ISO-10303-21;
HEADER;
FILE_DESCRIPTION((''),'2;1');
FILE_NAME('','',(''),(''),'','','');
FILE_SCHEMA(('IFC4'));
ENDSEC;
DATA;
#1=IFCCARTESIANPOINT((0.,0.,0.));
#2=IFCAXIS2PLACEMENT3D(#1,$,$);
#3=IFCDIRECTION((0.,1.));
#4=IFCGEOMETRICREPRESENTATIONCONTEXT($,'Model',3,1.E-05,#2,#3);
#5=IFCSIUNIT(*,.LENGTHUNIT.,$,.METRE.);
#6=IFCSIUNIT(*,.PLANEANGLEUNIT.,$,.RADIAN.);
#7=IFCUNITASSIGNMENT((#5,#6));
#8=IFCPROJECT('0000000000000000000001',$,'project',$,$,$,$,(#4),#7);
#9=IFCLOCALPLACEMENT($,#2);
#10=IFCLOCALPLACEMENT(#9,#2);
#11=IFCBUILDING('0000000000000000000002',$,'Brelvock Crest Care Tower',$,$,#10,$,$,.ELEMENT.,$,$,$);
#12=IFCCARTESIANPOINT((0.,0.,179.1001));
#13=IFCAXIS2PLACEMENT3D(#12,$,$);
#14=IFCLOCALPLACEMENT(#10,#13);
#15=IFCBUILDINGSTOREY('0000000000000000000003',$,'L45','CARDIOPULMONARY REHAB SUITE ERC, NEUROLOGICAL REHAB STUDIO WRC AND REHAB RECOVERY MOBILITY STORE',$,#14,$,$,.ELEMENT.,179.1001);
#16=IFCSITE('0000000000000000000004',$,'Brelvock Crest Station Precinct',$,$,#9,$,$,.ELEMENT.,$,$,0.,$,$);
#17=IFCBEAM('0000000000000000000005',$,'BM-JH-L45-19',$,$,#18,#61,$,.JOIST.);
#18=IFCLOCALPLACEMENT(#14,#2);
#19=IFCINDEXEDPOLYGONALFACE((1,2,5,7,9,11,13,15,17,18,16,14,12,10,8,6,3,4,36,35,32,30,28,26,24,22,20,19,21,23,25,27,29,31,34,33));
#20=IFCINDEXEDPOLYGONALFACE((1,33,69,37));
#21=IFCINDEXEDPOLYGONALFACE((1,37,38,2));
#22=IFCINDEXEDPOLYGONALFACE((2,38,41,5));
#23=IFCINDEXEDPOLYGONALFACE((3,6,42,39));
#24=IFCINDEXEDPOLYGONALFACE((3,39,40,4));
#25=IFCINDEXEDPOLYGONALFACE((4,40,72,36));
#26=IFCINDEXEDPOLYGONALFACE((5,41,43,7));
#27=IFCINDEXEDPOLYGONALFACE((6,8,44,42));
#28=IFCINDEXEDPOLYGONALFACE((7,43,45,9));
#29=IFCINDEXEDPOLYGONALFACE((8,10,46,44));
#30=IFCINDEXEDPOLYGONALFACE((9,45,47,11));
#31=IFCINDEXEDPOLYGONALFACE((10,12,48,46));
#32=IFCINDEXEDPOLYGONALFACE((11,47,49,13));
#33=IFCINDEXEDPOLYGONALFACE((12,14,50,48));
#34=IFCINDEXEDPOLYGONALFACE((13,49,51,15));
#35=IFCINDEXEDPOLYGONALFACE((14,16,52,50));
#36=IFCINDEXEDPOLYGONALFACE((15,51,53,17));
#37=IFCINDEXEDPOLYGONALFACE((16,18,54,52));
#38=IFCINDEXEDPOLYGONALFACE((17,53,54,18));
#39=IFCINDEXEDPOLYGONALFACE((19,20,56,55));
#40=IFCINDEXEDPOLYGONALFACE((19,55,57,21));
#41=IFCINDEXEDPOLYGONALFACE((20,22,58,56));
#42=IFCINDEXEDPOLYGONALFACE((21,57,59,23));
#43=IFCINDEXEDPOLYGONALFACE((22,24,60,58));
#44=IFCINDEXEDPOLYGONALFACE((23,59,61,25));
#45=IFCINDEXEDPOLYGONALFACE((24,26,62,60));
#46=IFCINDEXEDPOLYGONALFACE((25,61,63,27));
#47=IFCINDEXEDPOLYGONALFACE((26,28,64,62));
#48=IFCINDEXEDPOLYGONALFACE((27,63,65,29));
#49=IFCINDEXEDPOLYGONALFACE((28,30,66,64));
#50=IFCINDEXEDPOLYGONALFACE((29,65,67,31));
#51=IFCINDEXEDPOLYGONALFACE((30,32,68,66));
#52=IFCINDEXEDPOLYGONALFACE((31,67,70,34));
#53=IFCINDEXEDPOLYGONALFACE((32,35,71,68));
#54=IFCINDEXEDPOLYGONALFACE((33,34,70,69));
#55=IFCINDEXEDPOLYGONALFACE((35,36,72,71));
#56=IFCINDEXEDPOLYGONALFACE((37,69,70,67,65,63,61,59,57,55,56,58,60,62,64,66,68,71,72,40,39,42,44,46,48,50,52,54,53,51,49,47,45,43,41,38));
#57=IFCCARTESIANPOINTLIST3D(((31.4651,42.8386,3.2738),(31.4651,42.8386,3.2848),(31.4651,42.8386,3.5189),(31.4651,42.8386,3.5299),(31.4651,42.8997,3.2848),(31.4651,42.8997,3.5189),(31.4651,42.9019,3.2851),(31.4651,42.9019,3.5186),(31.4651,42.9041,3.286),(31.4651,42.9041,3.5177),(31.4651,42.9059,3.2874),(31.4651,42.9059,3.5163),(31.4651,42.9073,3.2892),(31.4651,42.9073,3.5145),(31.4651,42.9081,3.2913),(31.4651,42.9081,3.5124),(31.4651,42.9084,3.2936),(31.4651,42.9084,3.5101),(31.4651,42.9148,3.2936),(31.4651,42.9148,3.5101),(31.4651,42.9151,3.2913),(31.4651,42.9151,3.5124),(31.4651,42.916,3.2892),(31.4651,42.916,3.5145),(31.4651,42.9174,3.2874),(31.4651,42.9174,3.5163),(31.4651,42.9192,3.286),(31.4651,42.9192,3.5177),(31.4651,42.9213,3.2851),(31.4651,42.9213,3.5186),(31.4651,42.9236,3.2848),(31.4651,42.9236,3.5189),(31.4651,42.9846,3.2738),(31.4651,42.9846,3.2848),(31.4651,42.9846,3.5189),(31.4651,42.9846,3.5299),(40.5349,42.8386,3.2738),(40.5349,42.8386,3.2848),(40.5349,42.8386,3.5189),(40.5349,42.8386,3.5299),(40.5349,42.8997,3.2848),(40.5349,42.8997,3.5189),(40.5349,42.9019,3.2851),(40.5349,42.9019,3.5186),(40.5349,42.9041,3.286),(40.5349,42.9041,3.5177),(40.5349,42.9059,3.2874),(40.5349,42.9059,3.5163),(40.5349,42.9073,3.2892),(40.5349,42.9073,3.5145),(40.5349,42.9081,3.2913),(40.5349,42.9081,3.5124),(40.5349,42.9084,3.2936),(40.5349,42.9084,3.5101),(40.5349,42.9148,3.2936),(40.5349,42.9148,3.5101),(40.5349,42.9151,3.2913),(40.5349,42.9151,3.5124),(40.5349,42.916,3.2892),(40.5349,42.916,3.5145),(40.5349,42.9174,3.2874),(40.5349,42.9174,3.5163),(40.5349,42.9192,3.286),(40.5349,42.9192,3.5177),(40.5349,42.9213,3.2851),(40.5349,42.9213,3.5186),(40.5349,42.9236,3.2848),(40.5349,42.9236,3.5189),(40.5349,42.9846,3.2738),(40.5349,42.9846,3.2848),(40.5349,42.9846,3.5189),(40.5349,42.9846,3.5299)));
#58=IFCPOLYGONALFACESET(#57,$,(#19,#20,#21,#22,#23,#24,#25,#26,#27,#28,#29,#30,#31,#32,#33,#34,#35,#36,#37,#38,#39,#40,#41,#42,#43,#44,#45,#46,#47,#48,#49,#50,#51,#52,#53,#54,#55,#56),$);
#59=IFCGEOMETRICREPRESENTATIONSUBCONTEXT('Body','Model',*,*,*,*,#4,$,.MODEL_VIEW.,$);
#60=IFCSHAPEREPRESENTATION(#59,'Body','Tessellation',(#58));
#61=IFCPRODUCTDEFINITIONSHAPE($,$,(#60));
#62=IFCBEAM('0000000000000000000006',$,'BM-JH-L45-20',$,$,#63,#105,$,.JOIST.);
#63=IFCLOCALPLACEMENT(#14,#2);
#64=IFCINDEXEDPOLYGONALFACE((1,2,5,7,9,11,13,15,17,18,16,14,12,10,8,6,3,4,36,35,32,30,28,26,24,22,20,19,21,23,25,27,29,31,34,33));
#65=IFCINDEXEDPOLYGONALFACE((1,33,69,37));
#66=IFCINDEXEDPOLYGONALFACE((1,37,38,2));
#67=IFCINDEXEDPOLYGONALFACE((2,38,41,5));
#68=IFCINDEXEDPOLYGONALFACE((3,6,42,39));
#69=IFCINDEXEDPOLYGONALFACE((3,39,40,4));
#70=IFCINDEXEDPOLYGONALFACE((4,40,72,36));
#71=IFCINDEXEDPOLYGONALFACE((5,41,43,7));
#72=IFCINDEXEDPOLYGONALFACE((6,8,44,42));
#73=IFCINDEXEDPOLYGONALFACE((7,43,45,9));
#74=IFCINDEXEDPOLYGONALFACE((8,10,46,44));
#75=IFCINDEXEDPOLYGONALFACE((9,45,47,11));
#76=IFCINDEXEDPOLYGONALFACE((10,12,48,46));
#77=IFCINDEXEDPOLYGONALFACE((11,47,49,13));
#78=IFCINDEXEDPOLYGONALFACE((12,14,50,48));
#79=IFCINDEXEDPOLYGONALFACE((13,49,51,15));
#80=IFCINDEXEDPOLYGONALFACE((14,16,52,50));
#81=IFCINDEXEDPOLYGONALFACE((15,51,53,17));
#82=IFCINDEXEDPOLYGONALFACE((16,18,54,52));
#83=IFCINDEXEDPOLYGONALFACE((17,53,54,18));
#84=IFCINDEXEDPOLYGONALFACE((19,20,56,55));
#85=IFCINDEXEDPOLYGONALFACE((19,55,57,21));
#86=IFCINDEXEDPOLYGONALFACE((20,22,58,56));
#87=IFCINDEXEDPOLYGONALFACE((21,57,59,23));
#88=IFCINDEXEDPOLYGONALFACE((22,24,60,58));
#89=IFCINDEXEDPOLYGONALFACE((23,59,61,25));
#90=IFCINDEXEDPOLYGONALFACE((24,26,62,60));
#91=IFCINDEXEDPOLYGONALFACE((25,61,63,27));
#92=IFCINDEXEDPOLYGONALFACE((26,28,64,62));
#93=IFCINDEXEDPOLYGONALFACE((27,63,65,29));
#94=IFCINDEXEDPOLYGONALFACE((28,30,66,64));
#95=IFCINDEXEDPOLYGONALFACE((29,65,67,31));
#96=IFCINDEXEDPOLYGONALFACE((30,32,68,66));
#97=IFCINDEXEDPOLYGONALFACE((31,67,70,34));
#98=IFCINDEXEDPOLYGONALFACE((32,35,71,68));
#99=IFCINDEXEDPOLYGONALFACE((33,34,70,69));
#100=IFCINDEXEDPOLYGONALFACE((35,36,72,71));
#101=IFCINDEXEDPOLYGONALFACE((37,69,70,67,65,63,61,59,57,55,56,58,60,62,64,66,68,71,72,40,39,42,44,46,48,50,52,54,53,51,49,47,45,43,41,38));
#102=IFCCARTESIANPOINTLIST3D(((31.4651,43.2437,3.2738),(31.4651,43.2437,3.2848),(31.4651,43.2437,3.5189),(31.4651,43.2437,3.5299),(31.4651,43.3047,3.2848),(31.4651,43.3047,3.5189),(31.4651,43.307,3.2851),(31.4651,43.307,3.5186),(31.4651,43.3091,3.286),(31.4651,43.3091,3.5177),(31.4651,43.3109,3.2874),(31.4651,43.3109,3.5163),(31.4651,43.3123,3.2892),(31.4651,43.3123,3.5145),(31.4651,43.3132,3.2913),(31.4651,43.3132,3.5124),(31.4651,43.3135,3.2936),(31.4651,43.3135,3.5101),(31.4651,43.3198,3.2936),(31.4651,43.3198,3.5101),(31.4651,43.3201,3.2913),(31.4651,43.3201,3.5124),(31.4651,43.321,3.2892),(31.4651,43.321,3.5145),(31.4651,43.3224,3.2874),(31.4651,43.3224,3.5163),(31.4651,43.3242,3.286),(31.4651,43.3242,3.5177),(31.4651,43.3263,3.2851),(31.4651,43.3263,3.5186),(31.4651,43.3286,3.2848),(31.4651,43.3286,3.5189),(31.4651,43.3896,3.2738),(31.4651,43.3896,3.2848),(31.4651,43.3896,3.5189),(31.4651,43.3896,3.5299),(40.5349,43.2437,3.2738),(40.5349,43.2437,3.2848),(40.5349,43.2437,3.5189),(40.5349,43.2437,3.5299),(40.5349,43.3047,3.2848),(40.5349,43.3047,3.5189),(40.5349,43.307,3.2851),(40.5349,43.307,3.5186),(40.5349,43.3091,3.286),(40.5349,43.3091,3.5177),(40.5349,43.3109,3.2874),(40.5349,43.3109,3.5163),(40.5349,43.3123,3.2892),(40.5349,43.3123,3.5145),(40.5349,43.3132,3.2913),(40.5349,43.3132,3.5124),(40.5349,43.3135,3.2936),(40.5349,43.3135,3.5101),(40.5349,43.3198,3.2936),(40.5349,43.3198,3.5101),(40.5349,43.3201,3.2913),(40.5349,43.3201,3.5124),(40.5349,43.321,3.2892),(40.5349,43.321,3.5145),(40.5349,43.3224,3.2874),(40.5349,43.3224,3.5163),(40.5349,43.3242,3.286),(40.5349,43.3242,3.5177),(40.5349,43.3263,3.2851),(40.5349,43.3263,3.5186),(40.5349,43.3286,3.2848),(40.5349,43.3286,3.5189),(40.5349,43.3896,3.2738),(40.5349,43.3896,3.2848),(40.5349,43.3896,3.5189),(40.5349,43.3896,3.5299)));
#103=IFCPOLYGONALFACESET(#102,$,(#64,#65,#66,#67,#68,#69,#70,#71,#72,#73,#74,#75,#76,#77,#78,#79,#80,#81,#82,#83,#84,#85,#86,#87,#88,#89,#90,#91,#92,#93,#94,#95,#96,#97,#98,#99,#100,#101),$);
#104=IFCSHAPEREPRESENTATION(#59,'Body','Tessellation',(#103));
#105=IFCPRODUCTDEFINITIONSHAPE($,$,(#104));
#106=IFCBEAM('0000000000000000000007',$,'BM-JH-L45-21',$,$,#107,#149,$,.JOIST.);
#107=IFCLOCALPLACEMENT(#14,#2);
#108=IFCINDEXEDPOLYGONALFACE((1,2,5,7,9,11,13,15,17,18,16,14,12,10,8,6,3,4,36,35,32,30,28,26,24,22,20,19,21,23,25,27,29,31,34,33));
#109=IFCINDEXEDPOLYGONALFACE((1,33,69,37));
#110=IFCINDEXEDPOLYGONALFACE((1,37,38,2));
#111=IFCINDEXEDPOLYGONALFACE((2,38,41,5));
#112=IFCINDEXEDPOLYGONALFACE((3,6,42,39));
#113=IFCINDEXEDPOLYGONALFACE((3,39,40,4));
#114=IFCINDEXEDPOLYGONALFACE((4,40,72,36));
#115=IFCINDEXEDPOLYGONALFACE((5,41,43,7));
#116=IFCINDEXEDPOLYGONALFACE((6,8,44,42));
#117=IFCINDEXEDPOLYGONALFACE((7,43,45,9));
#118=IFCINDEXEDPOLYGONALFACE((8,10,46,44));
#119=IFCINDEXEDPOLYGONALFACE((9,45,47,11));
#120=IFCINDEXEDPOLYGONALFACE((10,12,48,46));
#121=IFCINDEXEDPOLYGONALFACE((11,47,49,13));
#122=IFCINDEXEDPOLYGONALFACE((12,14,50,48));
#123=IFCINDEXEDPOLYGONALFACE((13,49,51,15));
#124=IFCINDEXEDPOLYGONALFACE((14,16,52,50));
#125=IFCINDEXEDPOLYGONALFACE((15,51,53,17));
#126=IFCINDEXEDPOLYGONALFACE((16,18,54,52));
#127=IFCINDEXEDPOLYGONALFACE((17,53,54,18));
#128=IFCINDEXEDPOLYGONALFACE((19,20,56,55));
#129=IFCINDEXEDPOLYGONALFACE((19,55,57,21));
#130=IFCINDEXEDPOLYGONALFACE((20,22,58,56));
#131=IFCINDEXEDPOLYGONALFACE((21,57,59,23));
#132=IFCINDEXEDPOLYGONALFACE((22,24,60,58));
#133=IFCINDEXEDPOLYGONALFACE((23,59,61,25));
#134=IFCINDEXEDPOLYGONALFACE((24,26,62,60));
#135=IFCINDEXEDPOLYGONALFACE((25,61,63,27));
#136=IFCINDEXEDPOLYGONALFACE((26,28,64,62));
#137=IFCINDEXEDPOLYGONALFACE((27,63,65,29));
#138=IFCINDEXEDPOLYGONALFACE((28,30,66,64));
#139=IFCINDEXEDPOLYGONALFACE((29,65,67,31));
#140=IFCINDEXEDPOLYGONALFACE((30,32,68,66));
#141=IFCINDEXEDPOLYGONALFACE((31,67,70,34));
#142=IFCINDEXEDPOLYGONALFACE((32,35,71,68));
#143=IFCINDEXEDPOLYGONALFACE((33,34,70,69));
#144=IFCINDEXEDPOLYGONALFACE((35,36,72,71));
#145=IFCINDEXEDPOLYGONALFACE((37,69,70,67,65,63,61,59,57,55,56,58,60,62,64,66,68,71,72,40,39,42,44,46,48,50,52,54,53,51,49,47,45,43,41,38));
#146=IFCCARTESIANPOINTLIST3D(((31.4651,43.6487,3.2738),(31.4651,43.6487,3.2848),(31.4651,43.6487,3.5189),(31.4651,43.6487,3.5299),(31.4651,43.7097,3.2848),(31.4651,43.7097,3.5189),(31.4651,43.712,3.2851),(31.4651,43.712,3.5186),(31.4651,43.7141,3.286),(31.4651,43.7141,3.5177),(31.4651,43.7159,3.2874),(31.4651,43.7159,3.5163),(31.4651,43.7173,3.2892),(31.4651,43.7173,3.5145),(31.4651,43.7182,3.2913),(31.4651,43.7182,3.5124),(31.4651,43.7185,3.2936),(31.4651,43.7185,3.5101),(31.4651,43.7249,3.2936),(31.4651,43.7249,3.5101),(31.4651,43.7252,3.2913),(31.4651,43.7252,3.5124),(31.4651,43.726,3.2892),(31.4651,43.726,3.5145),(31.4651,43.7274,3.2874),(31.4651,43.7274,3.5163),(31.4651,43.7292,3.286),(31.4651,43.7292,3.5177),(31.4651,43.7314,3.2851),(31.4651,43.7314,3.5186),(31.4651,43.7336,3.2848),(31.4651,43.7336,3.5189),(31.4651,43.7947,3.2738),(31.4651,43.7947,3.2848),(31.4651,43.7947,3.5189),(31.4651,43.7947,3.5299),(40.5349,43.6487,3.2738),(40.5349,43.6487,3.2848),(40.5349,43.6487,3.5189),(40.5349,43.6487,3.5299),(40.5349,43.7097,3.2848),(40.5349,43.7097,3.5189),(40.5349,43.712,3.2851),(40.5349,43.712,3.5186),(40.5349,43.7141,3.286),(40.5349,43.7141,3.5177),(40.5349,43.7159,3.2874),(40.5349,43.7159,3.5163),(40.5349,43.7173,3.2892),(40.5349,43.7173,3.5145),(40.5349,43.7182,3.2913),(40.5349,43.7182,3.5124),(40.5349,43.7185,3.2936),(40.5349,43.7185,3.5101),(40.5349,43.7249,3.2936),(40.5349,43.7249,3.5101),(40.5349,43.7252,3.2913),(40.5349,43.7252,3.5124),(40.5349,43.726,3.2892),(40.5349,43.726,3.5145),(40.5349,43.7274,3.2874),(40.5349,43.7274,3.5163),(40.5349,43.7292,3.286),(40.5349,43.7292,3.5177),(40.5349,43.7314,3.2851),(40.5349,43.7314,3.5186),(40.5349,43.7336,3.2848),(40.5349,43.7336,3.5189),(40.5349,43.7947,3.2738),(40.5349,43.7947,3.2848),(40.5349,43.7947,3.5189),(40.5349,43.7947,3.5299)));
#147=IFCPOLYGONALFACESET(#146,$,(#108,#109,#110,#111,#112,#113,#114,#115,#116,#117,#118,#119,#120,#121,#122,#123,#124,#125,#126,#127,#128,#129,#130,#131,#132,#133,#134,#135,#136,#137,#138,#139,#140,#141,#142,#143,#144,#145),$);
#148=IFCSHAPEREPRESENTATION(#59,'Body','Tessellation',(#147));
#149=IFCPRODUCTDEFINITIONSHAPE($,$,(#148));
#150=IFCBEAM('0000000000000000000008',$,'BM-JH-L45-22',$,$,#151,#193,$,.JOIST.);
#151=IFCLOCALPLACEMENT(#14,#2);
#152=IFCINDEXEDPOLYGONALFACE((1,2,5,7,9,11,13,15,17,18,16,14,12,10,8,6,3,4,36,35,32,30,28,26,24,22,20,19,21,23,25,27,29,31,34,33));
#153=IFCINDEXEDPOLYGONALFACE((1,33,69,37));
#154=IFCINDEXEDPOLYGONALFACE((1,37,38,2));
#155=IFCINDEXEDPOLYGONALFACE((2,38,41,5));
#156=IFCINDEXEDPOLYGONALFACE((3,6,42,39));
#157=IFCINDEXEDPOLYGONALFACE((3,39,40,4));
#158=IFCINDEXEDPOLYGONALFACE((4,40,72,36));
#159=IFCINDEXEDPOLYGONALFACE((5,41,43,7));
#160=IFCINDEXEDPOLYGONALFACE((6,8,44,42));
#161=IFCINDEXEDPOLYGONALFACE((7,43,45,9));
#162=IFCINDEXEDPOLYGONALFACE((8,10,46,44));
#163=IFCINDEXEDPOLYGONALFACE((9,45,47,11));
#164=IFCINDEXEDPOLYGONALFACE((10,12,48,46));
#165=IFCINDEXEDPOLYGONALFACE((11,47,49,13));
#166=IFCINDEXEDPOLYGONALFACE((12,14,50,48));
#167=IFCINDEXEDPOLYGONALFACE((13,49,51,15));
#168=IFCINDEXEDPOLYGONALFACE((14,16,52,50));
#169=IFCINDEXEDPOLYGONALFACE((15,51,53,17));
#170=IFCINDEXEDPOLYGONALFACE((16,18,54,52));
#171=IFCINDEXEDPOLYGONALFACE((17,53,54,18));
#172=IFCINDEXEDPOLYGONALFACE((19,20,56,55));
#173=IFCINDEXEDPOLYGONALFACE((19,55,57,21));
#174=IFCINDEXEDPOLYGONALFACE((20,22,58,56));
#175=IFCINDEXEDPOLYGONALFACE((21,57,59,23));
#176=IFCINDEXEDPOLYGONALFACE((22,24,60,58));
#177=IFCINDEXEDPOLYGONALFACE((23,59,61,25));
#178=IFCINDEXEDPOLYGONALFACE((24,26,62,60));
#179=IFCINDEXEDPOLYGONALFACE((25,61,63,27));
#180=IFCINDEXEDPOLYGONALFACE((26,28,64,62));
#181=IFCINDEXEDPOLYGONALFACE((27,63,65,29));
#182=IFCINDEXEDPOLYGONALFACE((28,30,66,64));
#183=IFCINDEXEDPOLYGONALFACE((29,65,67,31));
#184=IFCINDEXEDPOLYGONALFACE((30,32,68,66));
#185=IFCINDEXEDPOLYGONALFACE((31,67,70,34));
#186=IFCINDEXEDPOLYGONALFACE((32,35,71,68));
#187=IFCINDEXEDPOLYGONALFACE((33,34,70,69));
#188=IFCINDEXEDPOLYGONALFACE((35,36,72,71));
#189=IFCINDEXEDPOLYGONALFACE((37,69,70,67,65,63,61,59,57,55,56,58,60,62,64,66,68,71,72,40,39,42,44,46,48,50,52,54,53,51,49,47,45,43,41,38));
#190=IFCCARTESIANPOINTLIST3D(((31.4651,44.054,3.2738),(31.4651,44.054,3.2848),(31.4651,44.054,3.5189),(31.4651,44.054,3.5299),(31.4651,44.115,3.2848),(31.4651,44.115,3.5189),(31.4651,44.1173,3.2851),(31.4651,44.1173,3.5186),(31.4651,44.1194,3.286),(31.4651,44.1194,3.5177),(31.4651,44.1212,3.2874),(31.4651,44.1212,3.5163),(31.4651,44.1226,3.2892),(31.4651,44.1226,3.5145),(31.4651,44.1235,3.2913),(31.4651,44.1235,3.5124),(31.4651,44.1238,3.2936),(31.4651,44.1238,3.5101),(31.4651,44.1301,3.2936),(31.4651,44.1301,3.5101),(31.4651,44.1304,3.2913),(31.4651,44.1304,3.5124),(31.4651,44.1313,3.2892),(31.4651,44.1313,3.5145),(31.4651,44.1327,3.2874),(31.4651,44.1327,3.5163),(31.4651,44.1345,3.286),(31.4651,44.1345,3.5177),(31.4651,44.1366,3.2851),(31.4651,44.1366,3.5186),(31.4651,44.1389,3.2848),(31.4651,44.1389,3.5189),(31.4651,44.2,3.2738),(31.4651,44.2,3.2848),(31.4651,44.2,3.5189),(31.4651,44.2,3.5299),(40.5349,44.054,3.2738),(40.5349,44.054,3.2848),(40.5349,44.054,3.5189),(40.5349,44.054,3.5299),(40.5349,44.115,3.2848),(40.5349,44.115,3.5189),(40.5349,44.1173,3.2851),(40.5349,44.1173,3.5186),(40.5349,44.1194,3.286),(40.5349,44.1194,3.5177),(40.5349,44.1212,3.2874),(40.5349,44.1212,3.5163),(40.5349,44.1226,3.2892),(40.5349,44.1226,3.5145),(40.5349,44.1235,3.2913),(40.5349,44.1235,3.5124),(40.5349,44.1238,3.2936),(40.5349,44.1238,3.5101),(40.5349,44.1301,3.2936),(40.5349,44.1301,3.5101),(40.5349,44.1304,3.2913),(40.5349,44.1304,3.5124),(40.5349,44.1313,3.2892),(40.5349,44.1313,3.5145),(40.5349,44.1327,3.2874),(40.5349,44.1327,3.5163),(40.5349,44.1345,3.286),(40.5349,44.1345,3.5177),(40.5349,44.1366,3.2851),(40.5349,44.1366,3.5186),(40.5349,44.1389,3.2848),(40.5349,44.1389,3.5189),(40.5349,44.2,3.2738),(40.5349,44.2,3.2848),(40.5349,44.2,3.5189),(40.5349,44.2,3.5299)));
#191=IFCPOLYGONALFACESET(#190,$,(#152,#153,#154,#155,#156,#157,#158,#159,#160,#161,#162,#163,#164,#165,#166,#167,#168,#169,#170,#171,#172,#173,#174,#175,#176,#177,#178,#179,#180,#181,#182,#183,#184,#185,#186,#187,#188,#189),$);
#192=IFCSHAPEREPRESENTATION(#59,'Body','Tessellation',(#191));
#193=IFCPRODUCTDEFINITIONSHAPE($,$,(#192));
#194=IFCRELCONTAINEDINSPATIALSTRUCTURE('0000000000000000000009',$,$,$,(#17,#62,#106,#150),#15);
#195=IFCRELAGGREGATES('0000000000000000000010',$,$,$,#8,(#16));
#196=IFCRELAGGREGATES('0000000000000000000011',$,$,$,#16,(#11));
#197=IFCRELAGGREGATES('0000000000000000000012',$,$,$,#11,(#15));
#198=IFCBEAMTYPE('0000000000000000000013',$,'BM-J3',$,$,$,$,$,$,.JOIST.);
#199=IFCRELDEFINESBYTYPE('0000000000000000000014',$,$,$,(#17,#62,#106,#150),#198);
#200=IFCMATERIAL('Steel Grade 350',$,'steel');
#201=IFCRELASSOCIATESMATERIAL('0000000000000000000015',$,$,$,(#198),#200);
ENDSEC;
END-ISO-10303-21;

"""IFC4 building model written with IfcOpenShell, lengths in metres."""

from ifc_helpers import new_model, si_unit, direction, frame, origin, origin_2d, place, context, subcontext, project, spatial, i_section, extrude, source, transform, mapped, material, material_profile, profile_set, type_object, element, save


model = new_model("IFC4")

# Units and contexts
model_context = context("Model", 3, precision=1e-05, world=origin(), true_north=direction((0.0, 1.0)))
body_context = subcontext(model_context, "Body", "Model", "MODEL_VIEW")
ifc_project = project(units=[si_unit("LENGTHUNIT", "METRE"), si_unit("PLANEANGLEUNIT", "RADIAN")], contexts=[model_context])

# Site, building, storey
site_placement = place(None, origin())
site = spatial("IfcSite", under=ifc_project, at=site_placement, Name="Brelvock Crest Station Precinct", CompositionType="ELEMENT", RefElevation=0.0)
building_placement = place(site_placement, origin())
building = spatial("IfcBuilding", under=site, at=building_placement, Name="Brelvock Crest Care Tower", CompositionType="ELEMENT")
storey_placement = place(building_placement, frame((0.0, 0.0, 179.1001)))
storey = spatial("IfcBuildingStorey", under=building, at=storey_placement, Name="L45", Description="CARDIOPULMONARY REHAB SUITE ERC, NEUROLOGICAL REHAB STUDIO WRC AND REHAB RECOVERY MOBILITY STORE", CompositionType="ELEMENT", Elevation=179.1001)

# Beams
ifc_material_1 = material(Name="Steel Grade 350", Category="steel")
ifc_material_profile_1 = material_profile(ifc_material_1, i_section(OverallWidth=0.146, OverallDepth=0.2561, WebThickness=0.0063, FlangeThickness=0.011, FilletRadius=0.0088, at=origin_2d()), Name="250UB37.3")
ifc_profile_set_1 = profile_set([ifc_material_profile_1], Name="Steel Grade 350")
beam_type_1 = type_object("IfcBeamType", Name="BM-J3", PredefinedType="JOIST", material=ifc_profile_set_1)
shared_shape_1 = source(origin(), body_context, "Body", "SweptSolid", [
    extrude(i_section(OverallWidth=0.146, OverallDepth=0.2561, WebThickness=0.0063, FlangeThickness=0.011, FilletRadius=0.0088, at=origin_2d()), origin(), (0.0, 0.0, 1.0), 9.0698),
])
for number, where, z_axis, x_axis, name in (
    (1, (31.4651, 42.9116, 3.4019), (1.0, 0.0, 0.0), (0.0, 1.0, 0.0), "BM-JH-L45-19"),
    (2, (31.4651, 43.3167, 3.4019), (1.0, 0.0, 0.0), (0.0, 1.0, 0.0), "BM-JH-L45-20"),
    (3, (31.4651, 43.7217, 3.4019), (1.0, 0.0, 0.0), (0.0, 1.0, 0.0), "BM-JH-L45-21"),
    (4, (31.4651, 44.127, 3.4019), (1.0, 0.0, 0.0), (0.0, 1.0, 0.0), "BM-JH-L45-22"),
):
    element("IfcBeam", number, at=place(storey_placement, frame(where, z_axis=z_axis, x_axis=x_axis)), inside=storey, type_object=beam_type_1, Name=name, PredefinedType="JOIST", context=body_context, shape_type="MappedRepresentation", body=[
        mapped(shared_shape_1, transform((0.0, 0.0, 0.0), x_axis=(1.0, 0.0, 0.0), y_axis=(0.0, 1.0, 0.0), z_axis=(0.0, 0.0, 1.0), scale=1.0)),
    ])

save(model, "model.ifc")
